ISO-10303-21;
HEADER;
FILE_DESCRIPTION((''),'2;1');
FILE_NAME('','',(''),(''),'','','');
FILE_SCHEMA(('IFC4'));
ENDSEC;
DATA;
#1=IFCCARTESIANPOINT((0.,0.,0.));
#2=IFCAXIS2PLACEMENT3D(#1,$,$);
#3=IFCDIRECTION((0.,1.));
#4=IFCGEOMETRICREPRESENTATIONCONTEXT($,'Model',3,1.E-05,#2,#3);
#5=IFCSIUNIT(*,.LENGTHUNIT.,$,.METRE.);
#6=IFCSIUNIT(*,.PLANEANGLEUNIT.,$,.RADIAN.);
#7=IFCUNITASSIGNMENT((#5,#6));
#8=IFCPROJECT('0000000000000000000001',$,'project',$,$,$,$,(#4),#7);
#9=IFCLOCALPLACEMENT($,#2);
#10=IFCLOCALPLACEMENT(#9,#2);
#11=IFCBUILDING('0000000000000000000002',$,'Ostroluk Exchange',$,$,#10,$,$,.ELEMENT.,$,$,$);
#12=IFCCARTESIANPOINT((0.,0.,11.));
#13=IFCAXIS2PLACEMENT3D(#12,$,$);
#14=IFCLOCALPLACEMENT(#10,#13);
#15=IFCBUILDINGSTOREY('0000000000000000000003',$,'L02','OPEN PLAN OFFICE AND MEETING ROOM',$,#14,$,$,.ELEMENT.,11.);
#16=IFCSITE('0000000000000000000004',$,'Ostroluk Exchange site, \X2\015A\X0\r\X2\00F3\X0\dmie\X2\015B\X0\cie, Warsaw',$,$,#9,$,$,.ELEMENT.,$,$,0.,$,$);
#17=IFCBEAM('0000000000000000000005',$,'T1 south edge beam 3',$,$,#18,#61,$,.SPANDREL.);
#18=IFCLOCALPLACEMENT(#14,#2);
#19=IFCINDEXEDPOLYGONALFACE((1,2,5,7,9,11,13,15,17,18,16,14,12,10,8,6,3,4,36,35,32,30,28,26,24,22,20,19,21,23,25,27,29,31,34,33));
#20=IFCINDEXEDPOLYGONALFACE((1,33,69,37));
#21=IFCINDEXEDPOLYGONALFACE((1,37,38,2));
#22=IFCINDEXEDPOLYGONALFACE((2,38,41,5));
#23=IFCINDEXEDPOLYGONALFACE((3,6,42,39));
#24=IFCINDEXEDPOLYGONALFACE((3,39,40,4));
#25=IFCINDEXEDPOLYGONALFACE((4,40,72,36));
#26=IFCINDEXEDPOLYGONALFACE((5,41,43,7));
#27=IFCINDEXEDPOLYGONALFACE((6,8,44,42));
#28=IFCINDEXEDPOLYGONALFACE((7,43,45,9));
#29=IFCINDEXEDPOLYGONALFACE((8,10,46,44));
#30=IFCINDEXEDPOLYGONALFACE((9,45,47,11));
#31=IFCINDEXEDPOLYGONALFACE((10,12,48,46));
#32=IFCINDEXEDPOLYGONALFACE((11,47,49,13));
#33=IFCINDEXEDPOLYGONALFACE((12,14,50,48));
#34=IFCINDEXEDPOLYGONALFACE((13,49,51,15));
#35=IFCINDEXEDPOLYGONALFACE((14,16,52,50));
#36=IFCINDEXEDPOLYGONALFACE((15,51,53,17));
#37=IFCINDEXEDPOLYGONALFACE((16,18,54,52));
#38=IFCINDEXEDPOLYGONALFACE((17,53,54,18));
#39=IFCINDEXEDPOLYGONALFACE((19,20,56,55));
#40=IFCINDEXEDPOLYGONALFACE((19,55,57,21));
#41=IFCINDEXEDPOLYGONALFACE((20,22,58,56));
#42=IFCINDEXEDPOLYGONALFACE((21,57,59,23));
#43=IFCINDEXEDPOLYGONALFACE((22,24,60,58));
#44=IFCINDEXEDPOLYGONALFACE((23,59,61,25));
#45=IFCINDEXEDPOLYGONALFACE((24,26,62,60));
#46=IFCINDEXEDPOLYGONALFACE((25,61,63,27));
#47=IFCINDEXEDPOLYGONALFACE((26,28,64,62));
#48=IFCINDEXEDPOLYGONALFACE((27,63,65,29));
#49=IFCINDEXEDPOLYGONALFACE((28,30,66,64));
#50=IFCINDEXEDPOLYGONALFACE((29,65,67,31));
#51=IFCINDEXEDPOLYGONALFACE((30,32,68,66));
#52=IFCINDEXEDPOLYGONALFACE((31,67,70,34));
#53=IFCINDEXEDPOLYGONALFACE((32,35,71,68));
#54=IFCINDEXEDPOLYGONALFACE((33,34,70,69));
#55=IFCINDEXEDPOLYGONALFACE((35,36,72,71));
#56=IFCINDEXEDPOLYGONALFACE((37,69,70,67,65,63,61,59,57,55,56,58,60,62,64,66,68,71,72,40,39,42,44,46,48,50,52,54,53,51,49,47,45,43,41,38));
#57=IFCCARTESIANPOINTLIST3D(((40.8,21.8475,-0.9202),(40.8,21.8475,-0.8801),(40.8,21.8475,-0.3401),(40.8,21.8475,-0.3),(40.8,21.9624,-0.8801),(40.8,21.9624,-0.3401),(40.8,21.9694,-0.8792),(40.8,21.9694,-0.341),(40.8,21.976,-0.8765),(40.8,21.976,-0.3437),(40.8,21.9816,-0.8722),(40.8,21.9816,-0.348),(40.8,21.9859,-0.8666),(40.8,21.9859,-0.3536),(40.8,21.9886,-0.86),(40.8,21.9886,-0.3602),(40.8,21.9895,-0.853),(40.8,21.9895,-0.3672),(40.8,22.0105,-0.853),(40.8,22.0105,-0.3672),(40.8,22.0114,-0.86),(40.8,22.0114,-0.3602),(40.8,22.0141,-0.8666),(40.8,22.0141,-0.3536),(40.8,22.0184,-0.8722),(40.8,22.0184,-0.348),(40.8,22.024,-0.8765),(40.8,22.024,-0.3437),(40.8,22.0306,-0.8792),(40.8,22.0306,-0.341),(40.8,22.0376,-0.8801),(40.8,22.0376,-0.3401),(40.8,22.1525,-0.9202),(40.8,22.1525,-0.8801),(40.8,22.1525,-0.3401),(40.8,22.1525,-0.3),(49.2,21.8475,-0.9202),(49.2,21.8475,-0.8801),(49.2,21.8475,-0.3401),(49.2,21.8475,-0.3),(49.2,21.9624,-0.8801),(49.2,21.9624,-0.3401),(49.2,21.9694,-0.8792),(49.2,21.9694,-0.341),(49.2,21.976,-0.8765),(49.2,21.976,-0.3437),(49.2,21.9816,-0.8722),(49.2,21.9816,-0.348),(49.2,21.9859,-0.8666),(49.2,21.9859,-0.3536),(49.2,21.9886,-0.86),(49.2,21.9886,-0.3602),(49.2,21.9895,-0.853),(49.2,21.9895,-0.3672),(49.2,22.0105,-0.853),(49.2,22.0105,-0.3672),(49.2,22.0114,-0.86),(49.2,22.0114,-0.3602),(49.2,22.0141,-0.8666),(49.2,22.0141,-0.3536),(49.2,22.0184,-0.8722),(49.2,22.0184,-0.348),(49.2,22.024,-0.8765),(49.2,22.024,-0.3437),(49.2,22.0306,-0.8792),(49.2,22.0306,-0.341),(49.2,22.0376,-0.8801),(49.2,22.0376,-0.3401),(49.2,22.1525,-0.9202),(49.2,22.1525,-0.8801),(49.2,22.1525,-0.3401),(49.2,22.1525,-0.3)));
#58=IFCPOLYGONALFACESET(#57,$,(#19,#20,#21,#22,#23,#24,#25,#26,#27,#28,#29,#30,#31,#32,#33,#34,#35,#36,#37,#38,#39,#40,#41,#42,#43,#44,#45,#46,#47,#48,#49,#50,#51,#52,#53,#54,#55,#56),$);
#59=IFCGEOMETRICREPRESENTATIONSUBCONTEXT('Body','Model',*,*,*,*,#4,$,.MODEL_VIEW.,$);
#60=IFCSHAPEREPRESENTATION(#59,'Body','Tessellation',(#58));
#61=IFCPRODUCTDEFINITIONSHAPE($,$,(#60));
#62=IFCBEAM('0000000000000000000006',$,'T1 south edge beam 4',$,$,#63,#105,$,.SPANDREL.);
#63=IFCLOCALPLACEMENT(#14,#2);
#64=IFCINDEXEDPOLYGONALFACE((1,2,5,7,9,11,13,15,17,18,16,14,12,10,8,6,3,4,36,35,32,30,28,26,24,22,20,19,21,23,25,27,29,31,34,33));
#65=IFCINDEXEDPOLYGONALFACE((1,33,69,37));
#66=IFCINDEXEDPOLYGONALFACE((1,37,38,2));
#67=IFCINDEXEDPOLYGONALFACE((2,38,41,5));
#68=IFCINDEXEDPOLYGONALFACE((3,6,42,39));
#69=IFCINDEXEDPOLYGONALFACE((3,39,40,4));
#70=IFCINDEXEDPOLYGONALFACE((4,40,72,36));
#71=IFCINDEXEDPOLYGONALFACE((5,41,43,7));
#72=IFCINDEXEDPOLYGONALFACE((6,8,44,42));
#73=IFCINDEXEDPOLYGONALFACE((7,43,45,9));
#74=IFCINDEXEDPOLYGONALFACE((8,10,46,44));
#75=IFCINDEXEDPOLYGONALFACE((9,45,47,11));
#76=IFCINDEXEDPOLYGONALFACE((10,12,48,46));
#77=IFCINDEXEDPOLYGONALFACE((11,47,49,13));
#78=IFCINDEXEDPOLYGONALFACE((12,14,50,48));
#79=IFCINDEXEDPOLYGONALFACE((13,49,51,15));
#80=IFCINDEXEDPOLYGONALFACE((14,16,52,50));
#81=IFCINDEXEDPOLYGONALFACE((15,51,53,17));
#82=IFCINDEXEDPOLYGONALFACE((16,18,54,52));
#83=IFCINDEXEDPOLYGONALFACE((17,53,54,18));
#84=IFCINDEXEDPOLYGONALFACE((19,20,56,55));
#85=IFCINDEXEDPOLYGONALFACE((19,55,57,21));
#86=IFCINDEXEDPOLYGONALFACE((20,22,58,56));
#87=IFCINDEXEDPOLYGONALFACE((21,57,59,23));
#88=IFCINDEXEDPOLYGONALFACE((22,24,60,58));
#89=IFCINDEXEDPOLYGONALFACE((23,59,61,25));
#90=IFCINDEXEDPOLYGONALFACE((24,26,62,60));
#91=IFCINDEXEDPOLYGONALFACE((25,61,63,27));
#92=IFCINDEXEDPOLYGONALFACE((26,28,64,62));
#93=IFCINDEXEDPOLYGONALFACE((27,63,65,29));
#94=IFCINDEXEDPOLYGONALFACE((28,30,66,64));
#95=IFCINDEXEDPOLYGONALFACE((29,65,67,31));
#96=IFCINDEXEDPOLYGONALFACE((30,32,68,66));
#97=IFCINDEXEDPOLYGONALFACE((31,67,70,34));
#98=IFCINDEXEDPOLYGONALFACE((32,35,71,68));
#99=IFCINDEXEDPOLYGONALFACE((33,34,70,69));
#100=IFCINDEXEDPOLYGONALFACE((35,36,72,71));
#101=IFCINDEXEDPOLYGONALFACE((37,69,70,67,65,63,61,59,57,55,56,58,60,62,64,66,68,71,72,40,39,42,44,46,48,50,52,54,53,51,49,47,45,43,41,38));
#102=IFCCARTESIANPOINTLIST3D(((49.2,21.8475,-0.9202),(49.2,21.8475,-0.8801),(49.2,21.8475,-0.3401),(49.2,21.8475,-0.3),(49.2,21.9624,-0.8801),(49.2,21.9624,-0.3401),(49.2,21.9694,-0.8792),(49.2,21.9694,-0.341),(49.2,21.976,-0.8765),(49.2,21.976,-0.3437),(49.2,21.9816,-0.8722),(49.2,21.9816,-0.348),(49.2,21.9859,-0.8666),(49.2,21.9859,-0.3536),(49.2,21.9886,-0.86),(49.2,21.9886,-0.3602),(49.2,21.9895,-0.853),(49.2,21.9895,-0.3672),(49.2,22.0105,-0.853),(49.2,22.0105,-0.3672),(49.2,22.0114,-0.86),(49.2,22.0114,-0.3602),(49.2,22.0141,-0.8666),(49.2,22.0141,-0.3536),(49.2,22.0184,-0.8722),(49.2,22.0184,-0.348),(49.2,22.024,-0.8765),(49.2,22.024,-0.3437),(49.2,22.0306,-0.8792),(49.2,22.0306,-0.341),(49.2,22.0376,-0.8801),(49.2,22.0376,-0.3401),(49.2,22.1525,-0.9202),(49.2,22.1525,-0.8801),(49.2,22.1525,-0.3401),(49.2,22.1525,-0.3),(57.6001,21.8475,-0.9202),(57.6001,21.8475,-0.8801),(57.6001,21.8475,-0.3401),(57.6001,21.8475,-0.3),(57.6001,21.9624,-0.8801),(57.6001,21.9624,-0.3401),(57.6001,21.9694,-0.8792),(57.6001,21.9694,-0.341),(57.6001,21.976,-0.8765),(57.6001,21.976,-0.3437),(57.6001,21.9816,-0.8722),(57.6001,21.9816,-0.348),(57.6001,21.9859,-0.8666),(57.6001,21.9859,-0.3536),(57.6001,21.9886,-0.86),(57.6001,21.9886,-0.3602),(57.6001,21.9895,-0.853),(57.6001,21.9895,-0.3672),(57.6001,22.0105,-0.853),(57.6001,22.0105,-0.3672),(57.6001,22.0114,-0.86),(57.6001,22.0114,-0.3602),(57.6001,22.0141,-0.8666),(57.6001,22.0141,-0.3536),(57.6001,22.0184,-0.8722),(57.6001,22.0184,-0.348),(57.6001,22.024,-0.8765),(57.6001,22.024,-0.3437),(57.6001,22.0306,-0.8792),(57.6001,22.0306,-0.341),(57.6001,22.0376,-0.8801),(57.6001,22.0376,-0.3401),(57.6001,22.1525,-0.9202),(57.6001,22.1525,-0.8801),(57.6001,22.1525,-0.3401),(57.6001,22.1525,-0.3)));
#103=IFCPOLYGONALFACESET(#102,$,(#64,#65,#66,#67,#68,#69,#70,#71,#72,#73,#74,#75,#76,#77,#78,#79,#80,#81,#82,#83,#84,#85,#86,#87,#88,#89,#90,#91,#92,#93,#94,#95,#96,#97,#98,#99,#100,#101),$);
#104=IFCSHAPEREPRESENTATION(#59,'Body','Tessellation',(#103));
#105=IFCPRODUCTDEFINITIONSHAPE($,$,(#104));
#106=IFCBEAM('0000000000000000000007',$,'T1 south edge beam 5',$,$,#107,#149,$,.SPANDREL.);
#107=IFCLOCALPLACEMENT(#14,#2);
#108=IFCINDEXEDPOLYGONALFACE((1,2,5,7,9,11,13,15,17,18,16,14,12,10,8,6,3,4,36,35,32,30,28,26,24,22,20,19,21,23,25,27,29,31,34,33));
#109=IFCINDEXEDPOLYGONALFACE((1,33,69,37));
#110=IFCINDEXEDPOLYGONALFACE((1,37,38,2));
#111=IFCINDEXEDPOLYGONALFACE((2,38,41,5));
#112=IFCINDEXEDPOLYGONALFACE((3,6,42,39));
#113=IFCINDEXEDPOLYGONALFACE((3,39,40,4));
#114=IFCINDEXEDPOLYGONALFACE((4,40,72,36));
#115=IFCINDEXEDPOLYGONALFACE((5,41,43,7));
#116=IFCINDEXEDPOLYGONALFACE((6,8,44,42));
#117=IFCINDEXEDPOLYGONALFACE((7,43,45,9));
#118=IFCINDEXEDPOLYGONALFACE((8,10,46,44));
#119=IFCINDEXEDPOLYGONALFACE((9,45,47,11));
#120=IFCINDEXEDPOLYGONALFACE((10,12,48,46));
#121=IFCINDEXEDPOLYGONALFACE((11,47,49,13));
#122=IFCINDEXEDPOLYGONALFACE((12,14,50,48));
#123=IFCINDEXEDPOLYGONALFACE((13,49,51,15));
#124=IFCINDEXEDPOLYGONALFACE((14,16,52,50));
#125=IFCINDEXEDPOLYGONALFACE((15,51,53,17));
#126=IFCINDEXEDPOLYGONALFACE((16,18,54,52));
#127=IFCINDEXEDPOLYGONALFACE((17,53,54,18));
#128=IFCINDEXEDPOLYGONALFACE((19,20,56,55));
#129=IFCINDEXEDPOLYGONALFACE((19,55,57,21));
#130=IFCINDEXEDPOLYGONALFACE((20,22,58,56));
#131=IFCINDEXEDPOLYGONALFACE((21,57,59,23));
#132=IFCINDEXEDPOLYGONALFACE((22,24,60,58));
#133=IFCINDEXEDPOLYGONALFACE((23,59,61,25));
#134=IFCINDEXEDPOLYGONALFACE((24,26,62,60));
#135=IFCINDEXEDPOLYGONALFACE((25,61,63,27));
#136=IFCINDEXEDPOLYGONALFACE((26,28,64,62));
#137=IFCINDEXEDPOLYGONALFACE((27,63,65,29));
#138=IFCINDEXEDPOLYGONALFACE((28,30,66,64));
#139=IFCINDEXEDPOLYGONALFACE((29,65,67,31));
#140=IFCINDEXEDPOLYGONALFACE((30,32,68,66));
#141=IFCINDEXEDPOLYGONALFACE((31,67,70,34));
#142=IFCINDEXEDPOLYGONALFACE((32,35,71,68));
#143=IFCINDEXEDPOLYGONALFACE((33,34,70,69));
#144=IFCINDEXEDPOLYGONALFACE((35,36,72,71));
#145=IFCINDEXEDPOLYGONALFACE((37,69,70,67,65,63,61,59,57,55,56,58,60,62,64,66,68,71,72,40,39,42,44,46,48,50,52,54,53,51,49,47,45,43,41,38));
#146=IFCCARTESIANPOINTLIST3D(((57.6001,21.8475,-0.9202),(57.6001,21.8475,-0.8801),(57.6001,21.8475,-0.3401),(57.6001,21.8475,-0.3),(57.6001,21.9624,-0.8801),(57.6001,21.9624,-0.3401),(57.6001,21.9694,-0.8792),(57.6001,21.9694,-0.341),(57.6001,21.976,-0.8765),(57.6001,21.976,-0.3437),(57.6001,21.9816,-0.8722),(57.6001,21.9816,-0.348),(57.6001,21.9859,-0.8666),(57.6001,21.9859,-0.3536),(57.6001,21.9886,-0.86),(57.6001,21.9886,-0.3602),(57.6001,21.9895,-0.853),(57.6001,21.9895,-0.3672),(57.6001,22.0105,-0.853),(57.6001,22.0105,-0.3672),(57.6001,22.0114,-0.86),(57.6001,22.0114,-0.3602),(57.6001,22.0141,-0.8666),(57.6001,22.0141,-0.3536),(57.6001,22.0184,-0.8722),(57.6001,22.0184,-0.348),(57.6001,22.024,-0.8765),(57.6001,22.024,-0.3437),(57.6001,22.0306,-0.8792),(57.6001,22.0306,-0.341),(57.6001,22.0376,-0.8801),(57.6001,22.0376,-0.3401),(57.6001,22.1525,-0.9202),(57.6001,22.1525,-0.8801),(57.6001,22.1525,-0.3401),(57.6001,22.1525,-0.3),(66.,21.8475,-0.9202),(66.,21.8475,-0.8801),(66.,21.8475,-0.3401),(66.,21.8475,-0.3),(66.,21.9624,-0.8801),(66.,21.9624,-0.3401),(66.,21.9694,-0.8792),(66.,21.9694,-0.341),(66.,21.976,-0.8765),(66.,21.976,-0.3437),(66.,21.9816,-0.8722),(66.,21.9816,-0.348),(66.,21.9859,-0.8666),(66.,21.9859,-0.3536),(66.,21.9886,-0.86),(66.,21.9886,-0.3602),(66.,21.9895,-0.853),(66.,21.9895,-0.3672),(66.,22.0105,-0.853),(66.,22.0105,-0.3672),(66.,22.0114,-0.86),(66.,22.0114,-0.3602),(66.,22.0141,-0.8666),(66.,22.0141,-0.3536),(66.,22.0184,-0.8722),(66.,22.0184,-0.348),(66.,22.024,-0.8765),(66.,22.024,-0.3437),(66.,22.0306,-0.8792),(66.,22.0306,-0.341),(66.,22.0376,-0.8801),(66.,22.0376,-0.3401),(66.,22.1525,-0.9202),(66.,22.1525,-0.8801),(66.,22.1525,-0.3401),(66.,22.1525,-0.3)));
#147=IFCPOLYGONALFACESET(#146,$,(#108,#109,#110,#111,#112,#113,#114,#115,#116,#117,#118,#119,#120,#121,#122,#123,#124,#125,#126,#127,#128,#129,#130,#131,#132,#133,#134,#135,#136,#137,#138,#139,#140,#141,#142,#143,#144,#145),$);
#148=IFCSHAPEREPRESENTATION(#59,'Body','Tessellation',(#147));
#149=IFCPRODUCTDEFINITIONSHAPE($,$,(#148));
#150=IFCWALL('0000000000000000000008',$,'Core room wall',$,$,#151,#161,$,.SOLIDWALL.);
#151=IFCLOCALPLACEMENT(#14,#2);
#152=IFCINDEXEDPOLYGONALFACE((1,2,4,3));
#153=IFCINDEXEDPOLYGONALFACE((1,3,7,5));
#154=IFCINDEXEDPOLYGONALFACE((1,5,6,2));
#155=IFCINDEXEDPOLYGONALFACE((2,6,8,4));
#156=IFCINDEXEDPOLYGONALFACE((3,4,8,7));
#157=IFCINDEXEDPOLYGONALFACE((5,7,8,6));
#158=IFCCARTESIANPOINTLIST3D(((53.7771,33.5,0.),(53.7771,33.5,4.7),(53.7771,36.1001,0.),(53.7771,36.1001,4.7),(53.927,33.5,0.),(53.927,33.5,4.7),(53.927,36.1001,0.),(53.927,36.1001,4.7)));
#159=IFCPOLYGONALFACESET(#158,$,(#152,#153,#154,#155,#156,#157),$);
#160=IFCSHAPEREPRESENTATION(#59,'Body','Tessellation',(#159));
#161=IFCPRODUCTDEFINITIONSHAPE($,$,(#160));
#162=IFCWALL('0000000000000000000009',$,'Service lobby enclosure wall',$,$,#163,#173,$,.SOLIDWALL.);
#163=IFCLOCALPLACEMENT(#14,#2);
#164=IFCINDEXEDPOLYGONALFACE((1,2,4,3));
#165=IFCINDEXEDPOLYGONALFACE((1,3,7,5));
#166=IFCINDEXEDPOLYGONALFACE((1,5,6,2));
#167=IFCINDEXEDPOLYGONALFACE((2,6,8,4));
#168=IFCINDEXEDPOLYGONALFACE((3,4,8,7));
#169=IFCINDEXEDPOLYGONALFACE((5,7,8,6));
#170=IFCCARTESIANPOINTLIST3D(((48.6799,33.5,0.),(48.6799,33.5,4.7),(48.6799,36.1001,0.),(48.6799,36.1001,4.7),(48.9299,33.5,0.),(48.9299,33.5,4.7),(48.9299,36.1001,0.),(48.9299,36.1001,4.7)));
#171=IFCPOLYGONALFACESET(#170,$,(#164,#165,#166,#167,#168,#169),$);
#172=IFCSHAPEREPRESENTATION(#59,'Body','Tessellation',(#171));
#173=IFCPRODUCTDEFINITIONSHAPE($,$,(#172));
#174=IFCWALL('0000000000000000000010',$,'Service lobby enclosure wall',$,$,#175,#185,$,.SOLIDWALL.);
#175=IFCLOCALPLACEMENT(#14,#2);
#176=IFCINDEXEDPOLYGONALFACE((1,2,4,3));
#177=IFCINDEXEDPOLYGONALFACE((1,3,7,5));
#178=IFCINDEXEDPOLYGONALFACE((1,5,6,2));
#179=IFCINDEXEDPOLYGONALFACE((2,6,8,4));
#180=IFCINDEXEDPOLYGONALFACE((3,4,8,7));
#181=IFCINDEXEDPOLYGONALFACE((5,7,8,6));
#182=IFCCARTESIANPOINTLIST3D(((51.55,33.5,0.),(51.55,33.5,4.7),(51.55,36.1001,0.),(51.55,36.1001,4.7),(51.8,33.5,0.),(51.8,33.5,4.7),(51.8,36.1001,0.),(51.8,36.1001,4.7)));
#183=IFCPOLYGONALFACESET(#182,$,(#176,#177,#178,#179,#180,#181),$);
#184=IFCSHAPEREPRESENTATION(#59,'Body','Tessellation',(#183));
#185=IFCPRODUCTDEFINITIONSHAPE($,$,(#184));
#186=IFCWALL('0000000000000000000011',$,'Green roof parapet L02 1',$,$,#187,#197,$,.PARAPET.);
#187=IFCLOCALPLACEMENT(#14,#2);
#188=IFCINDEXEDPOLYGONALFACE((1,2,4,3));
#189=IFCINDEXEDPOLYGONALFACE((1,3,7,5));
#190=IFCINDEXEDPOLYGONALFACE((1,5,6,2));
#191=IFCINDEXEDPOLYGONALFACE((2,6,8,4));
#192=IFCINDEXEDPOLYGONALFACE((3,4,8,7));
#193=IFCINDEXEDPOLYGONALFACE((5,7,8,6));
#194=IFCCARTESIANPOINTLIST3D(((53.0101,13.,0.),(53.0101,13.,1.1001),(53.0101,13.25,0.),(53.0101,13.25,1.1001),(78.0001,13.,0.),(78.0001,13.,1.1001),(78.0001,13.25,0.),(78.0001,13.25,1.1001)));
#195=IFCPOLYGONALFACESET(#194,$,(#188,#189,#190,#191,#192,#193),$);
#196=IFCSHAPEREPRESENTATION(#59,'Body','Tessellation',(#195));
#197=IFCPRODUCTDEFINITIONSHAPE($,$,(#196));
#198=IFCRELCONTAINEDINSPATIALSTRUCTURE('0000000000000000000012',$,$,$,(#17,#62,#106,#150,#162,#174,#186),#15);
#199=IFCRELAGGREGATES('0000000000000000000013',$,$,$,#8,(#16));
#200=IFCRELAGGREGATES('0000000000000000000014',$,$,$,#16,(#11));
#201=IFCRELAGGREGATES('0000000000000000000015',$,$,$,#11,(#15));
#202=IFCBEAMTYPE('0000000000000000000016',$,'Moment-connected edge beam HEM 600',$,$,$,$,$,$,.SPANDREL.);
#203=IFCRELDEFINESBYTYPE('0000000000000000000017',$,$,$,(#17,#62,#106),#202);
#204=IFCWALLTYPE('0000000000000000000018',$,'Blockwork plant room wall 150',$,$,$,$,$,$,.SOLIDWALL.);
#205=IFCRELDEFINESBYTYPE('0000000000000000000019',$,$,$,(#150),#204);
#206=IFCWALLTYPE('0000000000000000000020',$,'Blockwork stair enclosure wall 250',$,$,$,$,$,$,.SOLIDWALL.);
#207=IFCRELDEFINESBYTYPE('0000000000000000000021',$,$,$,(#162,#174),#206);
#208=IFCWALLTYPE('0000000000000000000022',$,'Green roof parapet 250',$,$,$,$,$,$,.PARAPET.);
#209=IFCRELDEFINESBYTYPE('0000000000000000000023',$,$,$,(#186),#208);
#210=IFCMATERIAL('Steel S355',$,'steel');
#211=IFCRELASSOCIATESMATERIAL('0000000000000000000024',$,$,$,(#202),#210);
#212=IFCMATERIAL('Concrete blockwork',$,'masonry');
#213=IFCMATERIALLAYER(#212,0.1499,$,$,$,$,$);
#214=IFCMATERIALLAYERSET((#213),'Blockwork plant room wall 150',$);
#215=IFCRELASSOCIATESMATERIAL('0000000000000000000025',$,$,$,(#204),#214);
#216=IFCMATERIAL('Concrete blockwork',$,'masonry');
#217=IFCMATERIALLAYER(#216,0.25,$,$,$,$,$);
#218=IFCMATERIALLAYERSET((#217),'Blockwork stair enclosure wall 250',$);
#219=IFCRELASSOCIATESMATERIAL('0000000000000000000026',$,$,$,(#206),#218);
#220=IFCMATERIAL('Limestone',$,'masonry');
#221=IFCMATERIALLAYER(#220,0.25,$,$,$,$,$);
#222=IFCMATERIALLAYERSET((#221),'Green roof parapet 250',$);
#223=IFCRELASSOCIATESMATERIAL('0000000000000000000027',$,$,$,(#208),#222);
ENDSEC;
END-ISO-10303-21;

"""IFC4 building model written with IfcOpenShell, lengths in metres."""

from ifc_helpers import new_model, si_unit, direction, frame, frame_2d, origin, origin_2d, place, context, subcontext, project, spatial, rectangle, i_section, extrude, material, layer, layer_set, material_profile, profile_set, type_object, element, save


model = new_model("IFC4")

# Units and contexts
model_context = context("Model", 3, precision=1e-05, world=origin(), true_north=direction((0.0, 1.0)))
body_context = subcontext(model_context, "Body", "Model", "MODEL_VIEW")
ifc_project = project(units=[si_unit("LENGTHUNIT", "METRE"), si_unit("PLANEANGLEUNIT", "RADIAN")], contexts=[model_context])

# Site, building, storey
site_placement = place(None, origin())
site = spatial("IfcSite", under=ifc_project, at=site_placement, Name="Ostroluk Exchange site, Śródmieście, Warsaw", CompositionType="ELEMENT", RefElevation=0.0)
building_placement = place(site_placement, origin())
building = spatial("IfcBuilding", under=site, at=building_placement, Name="Ostroluk Exchange", CompositionType="ELEMENT")
storey_placement = place(building_placement, frame((0.0, 0.0, 11.0)))
storey = spatial("IfcBuildingStorey", under=building, at=storey_placement, Name="L02", Description="OPEN PLAN OFFICE AND MEETING ROOM", CompositionType="ELEMENT", Elevation=11.0)

# Beams
ifc_material_1 = material(Name="Steel S355", Category="steel")
ifc_material_profile_1 = material_profile(ifc_material_1, i_section(OverallWidth=0.3049, OverallDepth=0.6201, WebThickness=0.021, FlangeThickness=0.04, FilletRadius=0.0271, at=origin_2d()), Name="HEM 600")
ifc_profile_set_1 = profile_set([ifc_material_profile_1], Name="Steel S355")
beam_type_1 = type_object("IfcBeamType", Name="Moment-connected edge beam HEM 600", PredefinedType="SPANDREL", material=ifc_profile_set_1)
beam_1_placement = place(storey_placement, frame((40.8, 22.0, -0.6101), z_axis=(1.0, 0.0, 0.0), x_axis=(0.0, 1.0, 0.0)))
element("IfcBeam", 1, at=beam_1_placement, inside=storey, type_object=beam_type_1, Name="T1 south edge beam 3", PredefinedType="SPANDREL", context=body_context, shape_type="SweptSolid", body=[
    extrude(i_section(OverallWidth=0.3049, OverallDepth=0.6201, WebThickness=0.021, FlangeThickness=0.04, FilletRadius=0.0271, at=origin_2d()), origin(), (0.0, 0.0, 1.0), 8.3999),
])
beam_2_placement = place(storey_placement, frame((49.2, 22.0, -0.6101), z_axis=(1.0, 0.0, 0.0), x_axis=(0.0, 1.0, 0.0)))
element("IfcBeam", 2, at=beam_2_placement, inside=storey, type_object=beam_type_1, Name="T1 south edge beam 4", PredefinedType="SPANDREL", context=body_context, shape_type="SweptSolid", body=[
    extrude(i_section(OverallWidth=0.3049, OverallDepth=0.6201, WebThickness=0.021, FlangeThickness=0.04, FilletRadius=0.0271, at=origin_2d()), origin(), (0.0, 0.0, 1.0), 8.4001),
])
beam_3_placement = place(storey_placement, frame((57.6001, 22.0, -0.6101), z_axis=(1.0, 0.0, 0.0), x_axis=(0.0, 1.0, 0.0)))
element("IfcBeam", 3, at=beam_3_placement, inside=storey, type_object=beam_type_1, Name="T1 south edge beam 5", PredefinedType="SPANDREL", context=body_context, shape_type="SweptSolid", body=[
    extrude(i_section(OverallWidth=0.3049, OverallDepth=0.6201, WebThickness=0.021, FlangeThickness=0.04, FilletRadius=0.0271, at=origin_2d()), origin(), (0.0, 0.0, 1.0), 8.3999),
])

# Walls
ifc_material_2 = material(Name="Concrete blockwork", Category="masonry")
ifc_layer_1 = layer(ifc_material_2, 0.1499)
ifc_layer_set_1 = layer_set([ifc_layer_1], Name="Blockwork plant room wall 150")
wall_type_1 = type_object("IfcWallType", Name="Blockwork plant room wall 150", PredefinedType="SOLIDWALL", material=ifc_layer_set_1)
wall_1_placement = place(storey_placement, frame((53.8521, 33.5, 0.0), z_axis=(0.0, 0.0, 1.0), x_axis=(0.0, 1.0, 0.0)))
element("IfcWall", 4, at=wall_1_placement, inside=storey, type_object=wall_type_1, Name="Core room wall", PredefinedType="SOLIDWALL", context=body_context, shape_type="SweptSolid", body=[
    extrude(rectangle(XDim=2.6001, YDim=0.1499, at=frame_2d((1.3, 0.0))), origin(), (0.0, 0.0, 1.0), 4.7),
])
ifc_material_3 = material(Name="Concrete blockwork", Category="masonry")
ifc_layer_2 = layer(ifc_material_3, 0.25)
ifc_layer_set_2 = layer_set([ifc_layer_2], Name="Blockwork stair enclosure wall 250")
wall_type_2 = type_object("IfcWallType", Name="Blockwork stair enclosure wall 250", PredefinedType="SOLIDWALL", material=ifc_layer_set_2)
for number, where, z_axis, x_axis, name in (
    (5, (48.8049, 33.5, 0.0), (0.0, 0.0, 1.0), (0.0, 1.0, 0.0), "Service lobby enclosure wall"),
    (6, (51.675, 33.5, 0.0), (0.0, 0.0, 1.0), (0.0, 1.0, 0.0), "Service lobby enclosure wall"),
):
    element("IfcWall", number, at=place(storey_placement, frame(where, z_axis=z_axis, x_axis=x_axis)), inside=storey, type_object=wall_type_2, Name=name, PredefinedType="SOLIDWALL", context=body_context, shape_type="SweptSolid", body=[
        extrude(rectangle(XDim=2.6001, YDim=0.25, at=frame_2d((1.3, 0.0))), origin(), (0.0, 0.0, 1.0), 4.7),
    ])
ifc_material_4 = material(Name="Limestone", Category="masonry")
ifc_layer_3 = layer(ifc_material_4, 0.25)
ifc_layer_set_3 = layer_set([ifc_layer_3], Name="Green roof parapet 250")
wall_type_3 = type_object("IfcWallType", Name="Green roof parapet 250", PredefinedType="PARAPET", material=ifc_layer_set_3)
wall_2_placement = place(storey_placement, frame((53.01, 13.125, 0.0), z_axis=(0.0, 0.0, 1.0), x_axis=(1.0, 0.0, 0.0)))
element("IfcWall", 7, at=wall_2_placement, inside=storey, type_object=wall_type_3, Name="Green roof parapet L02 1", PredefinedType="PARAPET", context=body_context, shape_type="SweptSolid", body=[
    extrude(rectangle(XDim=24.99, YDim=0.25, at=frame_2d((12.4951, 0.0))), origin(), (0.0, 0.0, 1.0), 1.1001),
])

save(model, "model.ifc")
